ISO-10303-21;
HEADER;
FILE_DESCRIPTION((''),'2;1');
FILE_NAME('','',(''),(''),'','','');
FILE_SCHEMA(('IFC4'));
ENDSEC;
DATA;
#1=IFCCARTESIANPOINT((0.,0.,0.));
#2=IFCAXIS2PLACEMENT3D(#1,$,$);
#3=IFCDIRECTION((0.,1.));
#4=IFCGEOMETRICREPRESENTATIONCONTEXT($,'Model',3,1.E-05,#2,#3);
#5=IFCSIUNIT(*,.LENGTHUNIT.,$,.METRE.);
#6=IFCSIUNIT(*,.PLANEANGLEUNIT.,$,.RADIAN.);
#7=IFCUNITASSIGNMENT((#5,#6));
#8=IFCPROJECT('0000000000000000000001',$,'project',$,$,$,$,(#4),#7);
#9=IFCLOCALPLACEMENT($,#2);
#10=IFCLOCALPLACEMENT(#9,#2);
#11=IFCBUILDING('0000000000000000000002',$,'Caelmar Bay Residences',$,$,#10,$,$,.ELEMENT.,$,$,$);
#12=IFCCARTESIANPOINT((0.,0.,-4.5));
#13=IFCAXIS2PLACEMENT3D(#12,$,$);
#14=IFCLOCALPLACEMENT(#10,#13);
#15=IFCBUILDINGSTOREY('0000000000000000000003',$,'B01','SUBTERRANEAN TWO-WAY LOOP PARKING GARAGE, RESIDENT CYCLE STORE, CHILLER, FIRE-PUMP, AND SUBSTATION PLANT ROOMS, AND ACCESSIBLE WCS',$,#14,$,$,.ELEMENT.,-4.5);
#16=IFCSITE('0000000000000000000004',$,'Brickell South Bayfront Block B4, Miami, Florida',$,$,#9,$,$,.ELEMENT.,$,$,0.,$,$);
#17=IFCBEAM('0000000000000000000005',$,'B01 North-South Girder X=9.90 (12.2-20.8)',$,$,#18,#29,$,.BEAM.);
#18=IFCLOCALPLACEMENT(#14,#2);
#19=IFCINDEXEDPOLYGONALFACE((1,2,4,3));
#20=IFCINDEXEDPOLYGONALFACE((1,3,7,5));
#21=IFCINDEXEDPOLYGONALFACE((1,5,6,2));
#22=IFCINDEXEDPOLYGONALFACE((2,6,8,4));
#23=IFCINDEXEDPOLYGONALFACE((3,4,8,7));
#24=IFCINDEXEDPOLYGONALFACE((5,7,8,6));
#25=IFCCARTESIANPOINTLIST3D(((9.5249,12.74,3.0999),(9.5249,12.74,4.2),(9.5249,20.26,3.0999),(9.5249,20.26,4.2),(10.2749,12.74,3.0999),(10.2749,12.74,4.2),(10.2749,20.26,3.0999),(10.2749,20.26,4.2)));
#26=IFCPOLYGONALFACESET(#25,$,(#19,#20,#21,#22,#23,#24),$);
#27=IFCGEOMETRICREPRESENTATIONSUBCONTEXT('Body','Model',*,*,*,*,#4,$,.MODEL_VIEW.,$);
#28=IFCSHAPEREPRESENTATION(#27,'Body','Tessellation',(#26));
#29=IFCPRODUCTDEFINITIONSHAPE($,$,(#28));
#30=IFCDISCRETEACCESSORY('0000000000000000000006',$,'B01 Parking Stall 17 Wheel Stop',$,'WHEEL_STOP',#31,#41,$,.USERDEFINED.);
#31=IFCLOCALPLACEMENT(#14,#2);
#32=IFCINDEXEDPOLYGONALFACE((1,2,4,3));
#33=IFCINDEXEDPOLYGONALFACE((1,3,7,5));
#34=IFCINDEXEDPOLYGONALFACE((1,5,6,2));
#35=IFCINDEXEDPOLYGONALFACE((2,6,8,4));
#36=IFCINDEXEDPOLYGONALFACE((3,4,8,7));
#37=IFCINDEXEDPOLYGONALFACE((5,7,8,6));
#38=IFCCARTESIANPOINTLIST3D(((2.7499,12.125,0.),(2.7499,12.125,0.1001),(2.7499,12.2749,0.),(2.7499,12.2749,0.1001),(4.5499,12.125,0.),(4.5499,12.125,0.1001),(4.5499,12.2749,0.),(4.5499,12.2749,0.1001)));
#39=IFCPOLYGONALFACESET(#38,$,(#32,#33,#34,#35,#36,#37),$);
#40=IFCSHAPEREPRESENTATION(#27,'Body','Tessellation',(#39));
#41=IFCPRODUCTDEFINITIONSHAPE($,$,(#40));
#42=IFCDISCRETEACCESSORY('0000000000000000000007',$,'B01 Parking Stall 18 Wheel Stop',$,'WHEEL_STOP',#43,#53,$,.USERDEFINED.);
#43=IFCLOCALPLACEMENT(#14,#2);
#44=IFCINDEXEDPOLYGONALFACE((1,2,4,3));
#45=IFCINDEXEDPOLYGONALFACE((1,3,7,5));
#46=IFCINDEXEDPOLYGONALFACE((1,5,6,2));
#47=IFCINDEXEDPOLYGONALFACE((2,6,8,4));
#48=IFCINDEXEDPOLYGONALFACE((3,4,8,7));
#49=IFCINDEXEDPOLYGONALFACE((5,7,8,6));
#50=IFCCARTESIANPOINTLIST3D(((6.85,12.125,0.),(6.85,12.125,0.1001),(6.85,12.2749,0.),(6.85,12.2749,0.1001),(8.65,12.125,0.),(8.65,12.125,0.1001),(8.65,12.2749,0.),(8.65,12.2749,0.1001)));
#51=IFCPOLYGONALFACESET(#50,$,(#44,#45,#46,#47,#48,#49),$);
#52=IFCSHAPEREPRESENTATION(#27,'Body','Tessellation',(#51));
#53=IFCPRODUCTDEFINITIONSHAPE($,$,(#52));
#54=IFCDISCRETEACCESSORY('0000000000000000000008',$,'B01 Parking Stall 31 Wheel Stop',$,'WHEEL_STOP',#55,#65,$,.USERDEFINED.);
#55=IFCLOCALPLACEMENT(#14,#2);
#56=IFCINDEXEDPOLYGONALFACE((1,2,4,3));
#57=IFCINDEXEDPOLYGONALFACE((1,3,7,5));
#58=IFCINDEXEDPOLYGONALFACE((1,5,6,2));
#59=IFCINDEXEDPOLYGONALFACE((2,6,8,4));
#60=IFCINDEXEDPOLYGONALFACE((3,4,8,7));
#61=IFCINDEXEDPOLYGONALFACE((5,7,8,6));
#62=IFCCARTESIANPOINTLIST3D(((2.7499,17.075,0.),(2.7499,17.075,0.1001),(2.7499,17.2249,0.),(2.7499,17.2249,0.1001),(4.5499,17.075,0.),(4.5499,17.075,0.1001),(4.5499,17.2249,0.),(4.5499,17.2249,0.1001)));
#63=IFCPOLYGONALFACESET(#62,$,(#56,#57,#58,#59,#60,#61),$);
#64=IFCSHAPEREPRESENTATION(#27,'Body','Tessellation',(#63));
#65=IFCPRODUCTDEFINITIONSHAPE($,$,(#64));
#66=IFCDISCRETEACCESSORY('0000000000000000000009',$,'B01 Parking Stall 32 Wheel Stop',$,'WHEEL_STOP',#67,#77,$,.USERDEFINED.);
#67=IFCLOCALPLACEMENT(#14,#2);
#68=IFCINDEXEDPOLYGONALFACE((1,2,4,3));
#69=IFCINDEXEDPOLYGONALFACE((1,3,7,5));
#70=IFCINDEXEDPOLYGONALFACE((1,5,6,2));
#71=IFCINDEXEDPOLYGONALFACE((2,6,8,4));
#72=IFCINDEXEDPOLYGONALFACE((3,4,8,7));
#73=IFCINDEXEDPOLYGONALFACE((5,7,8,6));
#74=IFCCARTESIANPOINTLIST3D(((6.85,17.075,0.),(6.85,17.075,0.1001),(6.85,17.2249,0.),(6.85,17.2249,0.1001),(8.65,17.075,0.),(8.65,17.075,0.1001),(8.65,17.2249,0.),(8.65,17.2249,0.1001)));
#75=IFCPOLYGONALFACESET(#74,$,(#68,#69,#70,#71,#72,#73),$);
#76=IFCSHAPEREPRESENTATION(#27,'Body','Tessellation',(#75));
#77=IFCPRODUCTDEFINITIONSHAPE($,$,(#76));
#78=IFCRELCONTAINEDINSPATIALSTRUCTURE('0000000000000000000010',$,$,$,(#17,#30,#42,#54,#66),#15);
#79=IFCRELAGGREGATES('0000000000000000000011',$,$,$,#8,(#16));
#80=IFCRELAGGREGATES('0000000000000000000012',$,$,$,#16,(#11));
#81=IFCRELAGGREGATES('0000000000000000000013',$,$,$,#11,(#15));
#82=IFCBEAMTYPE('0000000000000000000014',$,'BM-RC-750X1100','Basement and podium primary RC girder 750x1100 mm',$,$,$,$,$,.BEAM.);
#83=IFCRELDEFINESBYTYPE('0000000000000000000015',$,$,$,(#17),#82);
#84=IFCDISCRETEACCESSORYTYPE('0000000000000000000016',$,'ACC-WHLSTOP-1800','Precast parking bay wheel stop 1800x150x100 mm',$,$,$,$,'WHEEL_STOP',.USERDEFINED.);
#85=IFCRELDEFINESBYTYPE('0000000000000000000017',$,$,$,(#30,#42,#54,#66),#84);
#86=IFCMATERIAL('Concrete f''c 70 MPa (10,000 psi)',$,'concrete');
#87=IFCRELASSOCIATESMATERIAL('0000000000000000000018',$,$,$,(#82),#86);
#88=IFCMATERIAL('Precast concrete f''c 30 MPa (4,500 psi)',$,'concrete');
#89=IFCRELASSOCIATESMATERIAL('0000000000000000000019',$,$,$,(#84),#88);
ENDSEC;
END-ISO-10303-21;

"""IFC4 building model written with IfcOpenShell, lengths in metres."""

from ifc_helpers import new_model, si_unit, direction, frame, origin, origin_2d, place, context, subcontext, project, spatial, rectangle, extrude, material, material_profile, profile_set, type_object, element, save


model = new_model("IFC4")

# Units and contexts
model_context = context("Model", 3, precision=1e-05, world=origin(), true_north=direction((0.0, 1.0)))
body_context = subcontext(model_context, "Body", "Model", "MODEL_VIEW")
ifc_project = project(units=[si_unit("LENGTHUNIT", "METRE"), si_unit("PLANEANGLEUNIT", "RADIAN")], contexts=[model_context])

# Site, building, storey
site_placement = place(None, origin())
site = spatial("IfcSite", under=ifc_project, at=site_placement, Name="Brickell South Bayfront Block B4, Miami, Florida", CompositionType="ELEMENT", RefElevation=0.0)
building_placement = place(site_placement, origin())
building = spatial("IfcBuilding", under=site, at=building_placement, Name="Caelmar Bay Residences", CompositionType="ELEMENT")
storey_placement = place(building_placement, frame((0.0, 0.0, -4.5)))
storey = spatial("IfcBuildingStorey", under=building, at=storey_placement, Name="B01", Description="SUBTERRANEAN TWO-WAY LOOP PARKING GARAGE, RESIDENT CYCLE STORE, CHILLER, FIRE-PUMP, AND SUBSTATION PLANT ROOMS, AND ACCESSIBLE WCS", CompositionType="ELEMENT", Elevation=-4.5)

# Shared definitions
ifc_material_1 = material(Name="Concrete f'c 70 MPa (10,000 psi)", Category="concrete")

# Beam
ifc_material_profile_1 = material_profile(ifc_material_1, rectangle(XDim=0.75, YDim=1.1001, at=origin_2d()), Name="RC-BM-750X1100")
ifc_profile_set_1 = profile_set([ifc_material_profile_1], Name="Concrete f'c 70 MPa (10,000 psi)")
beam_type_1 = type_object("IfcBeamType", Name="BM-RC-750X1100", Description="Basement and podium primary RC girder 750x1100 mm", PredefinedType="BEAM", material=ifc_profile_set_1)
beam_1_placement = place(storey_placement, frame((9.8999, 12.74, 3.6499), z_axis=(0.0, 1.0, 0.0), x_axis=(-1.0, 0.0, 0.0)))
element("IfcBeam", 1, at=beam_1_placement, inside=storey, type_object=beam_type_1, Name="B01 North-South Girder X=9.90 (12.2-20.8)", PredefinedType="BEAM", context=body_context, shape_type="SweptSolid", body=[
    extrude(rectangle(XDim=0.75, YDim=1.1001, at=origin_2d()), origin(), (0.0, 0.0, 1.0), 7.52),
])

# Discrete accessories
ifc_material_2 = material(Name="Precast concrete f'c 30 MPa (4,500 psi)", Category="concrete")
discrete_accessory_type = type_object("IfcDiscreteAccessoryType", Name="ACC-WHLSTOP-1800", Description="Precast parking bay wheel stop 1800x150x100 mm", ElementType="WHEEL_STOP", PredefinedType="USERDEFINED", material=ifc_material_2)
for number, where, z_axis, x_axis, name in (
    (2, (3.6499, 12.2, 0.0), (0.0, 0.0, 1.0), (1.0, 0.0, 0.0), "B01 Parking Stall 17 Wheel Stop"),
    (3, (7.75, 12.2, 0.0), (0.0, 0.0, 1.0), (1.0, 0.0, 0.0), "B01 Parking Stall 18 Wheel Stop"),
    (4, (3.6499, 17.1499, 0.0), (0.0, 0.0, 1.0), (1.0, 0.0, 0.0), "B01 Parking Stall 31 Wheel Stop"),
    (5, (7.75, 17.1499, 0.0), (0.0, 0.0, 1.0), (1.0, 0.0, 0.0), "B01 Parking Stall 32 Wheel Stop"),
):
    element("IfcDiscreteAccessory", number, at=place(storey_placement, frame(where, z_axis=z_axis, x_axis=x_axis)), inside=storey, type_object=discrete_accessory_type, Name=name, ObjectType="WHEEL_STOP", PredefinedType="USERDEFINED", context=body_context, shape_type="SweptSolid", body=[
        extrude(rectangle(XDim=1.8, YDim=0.1499, at=origin_2d()), origin(), (0.0, 0.0, 1.0), 0.1001),
    ])

save(model, "model.ifc")
